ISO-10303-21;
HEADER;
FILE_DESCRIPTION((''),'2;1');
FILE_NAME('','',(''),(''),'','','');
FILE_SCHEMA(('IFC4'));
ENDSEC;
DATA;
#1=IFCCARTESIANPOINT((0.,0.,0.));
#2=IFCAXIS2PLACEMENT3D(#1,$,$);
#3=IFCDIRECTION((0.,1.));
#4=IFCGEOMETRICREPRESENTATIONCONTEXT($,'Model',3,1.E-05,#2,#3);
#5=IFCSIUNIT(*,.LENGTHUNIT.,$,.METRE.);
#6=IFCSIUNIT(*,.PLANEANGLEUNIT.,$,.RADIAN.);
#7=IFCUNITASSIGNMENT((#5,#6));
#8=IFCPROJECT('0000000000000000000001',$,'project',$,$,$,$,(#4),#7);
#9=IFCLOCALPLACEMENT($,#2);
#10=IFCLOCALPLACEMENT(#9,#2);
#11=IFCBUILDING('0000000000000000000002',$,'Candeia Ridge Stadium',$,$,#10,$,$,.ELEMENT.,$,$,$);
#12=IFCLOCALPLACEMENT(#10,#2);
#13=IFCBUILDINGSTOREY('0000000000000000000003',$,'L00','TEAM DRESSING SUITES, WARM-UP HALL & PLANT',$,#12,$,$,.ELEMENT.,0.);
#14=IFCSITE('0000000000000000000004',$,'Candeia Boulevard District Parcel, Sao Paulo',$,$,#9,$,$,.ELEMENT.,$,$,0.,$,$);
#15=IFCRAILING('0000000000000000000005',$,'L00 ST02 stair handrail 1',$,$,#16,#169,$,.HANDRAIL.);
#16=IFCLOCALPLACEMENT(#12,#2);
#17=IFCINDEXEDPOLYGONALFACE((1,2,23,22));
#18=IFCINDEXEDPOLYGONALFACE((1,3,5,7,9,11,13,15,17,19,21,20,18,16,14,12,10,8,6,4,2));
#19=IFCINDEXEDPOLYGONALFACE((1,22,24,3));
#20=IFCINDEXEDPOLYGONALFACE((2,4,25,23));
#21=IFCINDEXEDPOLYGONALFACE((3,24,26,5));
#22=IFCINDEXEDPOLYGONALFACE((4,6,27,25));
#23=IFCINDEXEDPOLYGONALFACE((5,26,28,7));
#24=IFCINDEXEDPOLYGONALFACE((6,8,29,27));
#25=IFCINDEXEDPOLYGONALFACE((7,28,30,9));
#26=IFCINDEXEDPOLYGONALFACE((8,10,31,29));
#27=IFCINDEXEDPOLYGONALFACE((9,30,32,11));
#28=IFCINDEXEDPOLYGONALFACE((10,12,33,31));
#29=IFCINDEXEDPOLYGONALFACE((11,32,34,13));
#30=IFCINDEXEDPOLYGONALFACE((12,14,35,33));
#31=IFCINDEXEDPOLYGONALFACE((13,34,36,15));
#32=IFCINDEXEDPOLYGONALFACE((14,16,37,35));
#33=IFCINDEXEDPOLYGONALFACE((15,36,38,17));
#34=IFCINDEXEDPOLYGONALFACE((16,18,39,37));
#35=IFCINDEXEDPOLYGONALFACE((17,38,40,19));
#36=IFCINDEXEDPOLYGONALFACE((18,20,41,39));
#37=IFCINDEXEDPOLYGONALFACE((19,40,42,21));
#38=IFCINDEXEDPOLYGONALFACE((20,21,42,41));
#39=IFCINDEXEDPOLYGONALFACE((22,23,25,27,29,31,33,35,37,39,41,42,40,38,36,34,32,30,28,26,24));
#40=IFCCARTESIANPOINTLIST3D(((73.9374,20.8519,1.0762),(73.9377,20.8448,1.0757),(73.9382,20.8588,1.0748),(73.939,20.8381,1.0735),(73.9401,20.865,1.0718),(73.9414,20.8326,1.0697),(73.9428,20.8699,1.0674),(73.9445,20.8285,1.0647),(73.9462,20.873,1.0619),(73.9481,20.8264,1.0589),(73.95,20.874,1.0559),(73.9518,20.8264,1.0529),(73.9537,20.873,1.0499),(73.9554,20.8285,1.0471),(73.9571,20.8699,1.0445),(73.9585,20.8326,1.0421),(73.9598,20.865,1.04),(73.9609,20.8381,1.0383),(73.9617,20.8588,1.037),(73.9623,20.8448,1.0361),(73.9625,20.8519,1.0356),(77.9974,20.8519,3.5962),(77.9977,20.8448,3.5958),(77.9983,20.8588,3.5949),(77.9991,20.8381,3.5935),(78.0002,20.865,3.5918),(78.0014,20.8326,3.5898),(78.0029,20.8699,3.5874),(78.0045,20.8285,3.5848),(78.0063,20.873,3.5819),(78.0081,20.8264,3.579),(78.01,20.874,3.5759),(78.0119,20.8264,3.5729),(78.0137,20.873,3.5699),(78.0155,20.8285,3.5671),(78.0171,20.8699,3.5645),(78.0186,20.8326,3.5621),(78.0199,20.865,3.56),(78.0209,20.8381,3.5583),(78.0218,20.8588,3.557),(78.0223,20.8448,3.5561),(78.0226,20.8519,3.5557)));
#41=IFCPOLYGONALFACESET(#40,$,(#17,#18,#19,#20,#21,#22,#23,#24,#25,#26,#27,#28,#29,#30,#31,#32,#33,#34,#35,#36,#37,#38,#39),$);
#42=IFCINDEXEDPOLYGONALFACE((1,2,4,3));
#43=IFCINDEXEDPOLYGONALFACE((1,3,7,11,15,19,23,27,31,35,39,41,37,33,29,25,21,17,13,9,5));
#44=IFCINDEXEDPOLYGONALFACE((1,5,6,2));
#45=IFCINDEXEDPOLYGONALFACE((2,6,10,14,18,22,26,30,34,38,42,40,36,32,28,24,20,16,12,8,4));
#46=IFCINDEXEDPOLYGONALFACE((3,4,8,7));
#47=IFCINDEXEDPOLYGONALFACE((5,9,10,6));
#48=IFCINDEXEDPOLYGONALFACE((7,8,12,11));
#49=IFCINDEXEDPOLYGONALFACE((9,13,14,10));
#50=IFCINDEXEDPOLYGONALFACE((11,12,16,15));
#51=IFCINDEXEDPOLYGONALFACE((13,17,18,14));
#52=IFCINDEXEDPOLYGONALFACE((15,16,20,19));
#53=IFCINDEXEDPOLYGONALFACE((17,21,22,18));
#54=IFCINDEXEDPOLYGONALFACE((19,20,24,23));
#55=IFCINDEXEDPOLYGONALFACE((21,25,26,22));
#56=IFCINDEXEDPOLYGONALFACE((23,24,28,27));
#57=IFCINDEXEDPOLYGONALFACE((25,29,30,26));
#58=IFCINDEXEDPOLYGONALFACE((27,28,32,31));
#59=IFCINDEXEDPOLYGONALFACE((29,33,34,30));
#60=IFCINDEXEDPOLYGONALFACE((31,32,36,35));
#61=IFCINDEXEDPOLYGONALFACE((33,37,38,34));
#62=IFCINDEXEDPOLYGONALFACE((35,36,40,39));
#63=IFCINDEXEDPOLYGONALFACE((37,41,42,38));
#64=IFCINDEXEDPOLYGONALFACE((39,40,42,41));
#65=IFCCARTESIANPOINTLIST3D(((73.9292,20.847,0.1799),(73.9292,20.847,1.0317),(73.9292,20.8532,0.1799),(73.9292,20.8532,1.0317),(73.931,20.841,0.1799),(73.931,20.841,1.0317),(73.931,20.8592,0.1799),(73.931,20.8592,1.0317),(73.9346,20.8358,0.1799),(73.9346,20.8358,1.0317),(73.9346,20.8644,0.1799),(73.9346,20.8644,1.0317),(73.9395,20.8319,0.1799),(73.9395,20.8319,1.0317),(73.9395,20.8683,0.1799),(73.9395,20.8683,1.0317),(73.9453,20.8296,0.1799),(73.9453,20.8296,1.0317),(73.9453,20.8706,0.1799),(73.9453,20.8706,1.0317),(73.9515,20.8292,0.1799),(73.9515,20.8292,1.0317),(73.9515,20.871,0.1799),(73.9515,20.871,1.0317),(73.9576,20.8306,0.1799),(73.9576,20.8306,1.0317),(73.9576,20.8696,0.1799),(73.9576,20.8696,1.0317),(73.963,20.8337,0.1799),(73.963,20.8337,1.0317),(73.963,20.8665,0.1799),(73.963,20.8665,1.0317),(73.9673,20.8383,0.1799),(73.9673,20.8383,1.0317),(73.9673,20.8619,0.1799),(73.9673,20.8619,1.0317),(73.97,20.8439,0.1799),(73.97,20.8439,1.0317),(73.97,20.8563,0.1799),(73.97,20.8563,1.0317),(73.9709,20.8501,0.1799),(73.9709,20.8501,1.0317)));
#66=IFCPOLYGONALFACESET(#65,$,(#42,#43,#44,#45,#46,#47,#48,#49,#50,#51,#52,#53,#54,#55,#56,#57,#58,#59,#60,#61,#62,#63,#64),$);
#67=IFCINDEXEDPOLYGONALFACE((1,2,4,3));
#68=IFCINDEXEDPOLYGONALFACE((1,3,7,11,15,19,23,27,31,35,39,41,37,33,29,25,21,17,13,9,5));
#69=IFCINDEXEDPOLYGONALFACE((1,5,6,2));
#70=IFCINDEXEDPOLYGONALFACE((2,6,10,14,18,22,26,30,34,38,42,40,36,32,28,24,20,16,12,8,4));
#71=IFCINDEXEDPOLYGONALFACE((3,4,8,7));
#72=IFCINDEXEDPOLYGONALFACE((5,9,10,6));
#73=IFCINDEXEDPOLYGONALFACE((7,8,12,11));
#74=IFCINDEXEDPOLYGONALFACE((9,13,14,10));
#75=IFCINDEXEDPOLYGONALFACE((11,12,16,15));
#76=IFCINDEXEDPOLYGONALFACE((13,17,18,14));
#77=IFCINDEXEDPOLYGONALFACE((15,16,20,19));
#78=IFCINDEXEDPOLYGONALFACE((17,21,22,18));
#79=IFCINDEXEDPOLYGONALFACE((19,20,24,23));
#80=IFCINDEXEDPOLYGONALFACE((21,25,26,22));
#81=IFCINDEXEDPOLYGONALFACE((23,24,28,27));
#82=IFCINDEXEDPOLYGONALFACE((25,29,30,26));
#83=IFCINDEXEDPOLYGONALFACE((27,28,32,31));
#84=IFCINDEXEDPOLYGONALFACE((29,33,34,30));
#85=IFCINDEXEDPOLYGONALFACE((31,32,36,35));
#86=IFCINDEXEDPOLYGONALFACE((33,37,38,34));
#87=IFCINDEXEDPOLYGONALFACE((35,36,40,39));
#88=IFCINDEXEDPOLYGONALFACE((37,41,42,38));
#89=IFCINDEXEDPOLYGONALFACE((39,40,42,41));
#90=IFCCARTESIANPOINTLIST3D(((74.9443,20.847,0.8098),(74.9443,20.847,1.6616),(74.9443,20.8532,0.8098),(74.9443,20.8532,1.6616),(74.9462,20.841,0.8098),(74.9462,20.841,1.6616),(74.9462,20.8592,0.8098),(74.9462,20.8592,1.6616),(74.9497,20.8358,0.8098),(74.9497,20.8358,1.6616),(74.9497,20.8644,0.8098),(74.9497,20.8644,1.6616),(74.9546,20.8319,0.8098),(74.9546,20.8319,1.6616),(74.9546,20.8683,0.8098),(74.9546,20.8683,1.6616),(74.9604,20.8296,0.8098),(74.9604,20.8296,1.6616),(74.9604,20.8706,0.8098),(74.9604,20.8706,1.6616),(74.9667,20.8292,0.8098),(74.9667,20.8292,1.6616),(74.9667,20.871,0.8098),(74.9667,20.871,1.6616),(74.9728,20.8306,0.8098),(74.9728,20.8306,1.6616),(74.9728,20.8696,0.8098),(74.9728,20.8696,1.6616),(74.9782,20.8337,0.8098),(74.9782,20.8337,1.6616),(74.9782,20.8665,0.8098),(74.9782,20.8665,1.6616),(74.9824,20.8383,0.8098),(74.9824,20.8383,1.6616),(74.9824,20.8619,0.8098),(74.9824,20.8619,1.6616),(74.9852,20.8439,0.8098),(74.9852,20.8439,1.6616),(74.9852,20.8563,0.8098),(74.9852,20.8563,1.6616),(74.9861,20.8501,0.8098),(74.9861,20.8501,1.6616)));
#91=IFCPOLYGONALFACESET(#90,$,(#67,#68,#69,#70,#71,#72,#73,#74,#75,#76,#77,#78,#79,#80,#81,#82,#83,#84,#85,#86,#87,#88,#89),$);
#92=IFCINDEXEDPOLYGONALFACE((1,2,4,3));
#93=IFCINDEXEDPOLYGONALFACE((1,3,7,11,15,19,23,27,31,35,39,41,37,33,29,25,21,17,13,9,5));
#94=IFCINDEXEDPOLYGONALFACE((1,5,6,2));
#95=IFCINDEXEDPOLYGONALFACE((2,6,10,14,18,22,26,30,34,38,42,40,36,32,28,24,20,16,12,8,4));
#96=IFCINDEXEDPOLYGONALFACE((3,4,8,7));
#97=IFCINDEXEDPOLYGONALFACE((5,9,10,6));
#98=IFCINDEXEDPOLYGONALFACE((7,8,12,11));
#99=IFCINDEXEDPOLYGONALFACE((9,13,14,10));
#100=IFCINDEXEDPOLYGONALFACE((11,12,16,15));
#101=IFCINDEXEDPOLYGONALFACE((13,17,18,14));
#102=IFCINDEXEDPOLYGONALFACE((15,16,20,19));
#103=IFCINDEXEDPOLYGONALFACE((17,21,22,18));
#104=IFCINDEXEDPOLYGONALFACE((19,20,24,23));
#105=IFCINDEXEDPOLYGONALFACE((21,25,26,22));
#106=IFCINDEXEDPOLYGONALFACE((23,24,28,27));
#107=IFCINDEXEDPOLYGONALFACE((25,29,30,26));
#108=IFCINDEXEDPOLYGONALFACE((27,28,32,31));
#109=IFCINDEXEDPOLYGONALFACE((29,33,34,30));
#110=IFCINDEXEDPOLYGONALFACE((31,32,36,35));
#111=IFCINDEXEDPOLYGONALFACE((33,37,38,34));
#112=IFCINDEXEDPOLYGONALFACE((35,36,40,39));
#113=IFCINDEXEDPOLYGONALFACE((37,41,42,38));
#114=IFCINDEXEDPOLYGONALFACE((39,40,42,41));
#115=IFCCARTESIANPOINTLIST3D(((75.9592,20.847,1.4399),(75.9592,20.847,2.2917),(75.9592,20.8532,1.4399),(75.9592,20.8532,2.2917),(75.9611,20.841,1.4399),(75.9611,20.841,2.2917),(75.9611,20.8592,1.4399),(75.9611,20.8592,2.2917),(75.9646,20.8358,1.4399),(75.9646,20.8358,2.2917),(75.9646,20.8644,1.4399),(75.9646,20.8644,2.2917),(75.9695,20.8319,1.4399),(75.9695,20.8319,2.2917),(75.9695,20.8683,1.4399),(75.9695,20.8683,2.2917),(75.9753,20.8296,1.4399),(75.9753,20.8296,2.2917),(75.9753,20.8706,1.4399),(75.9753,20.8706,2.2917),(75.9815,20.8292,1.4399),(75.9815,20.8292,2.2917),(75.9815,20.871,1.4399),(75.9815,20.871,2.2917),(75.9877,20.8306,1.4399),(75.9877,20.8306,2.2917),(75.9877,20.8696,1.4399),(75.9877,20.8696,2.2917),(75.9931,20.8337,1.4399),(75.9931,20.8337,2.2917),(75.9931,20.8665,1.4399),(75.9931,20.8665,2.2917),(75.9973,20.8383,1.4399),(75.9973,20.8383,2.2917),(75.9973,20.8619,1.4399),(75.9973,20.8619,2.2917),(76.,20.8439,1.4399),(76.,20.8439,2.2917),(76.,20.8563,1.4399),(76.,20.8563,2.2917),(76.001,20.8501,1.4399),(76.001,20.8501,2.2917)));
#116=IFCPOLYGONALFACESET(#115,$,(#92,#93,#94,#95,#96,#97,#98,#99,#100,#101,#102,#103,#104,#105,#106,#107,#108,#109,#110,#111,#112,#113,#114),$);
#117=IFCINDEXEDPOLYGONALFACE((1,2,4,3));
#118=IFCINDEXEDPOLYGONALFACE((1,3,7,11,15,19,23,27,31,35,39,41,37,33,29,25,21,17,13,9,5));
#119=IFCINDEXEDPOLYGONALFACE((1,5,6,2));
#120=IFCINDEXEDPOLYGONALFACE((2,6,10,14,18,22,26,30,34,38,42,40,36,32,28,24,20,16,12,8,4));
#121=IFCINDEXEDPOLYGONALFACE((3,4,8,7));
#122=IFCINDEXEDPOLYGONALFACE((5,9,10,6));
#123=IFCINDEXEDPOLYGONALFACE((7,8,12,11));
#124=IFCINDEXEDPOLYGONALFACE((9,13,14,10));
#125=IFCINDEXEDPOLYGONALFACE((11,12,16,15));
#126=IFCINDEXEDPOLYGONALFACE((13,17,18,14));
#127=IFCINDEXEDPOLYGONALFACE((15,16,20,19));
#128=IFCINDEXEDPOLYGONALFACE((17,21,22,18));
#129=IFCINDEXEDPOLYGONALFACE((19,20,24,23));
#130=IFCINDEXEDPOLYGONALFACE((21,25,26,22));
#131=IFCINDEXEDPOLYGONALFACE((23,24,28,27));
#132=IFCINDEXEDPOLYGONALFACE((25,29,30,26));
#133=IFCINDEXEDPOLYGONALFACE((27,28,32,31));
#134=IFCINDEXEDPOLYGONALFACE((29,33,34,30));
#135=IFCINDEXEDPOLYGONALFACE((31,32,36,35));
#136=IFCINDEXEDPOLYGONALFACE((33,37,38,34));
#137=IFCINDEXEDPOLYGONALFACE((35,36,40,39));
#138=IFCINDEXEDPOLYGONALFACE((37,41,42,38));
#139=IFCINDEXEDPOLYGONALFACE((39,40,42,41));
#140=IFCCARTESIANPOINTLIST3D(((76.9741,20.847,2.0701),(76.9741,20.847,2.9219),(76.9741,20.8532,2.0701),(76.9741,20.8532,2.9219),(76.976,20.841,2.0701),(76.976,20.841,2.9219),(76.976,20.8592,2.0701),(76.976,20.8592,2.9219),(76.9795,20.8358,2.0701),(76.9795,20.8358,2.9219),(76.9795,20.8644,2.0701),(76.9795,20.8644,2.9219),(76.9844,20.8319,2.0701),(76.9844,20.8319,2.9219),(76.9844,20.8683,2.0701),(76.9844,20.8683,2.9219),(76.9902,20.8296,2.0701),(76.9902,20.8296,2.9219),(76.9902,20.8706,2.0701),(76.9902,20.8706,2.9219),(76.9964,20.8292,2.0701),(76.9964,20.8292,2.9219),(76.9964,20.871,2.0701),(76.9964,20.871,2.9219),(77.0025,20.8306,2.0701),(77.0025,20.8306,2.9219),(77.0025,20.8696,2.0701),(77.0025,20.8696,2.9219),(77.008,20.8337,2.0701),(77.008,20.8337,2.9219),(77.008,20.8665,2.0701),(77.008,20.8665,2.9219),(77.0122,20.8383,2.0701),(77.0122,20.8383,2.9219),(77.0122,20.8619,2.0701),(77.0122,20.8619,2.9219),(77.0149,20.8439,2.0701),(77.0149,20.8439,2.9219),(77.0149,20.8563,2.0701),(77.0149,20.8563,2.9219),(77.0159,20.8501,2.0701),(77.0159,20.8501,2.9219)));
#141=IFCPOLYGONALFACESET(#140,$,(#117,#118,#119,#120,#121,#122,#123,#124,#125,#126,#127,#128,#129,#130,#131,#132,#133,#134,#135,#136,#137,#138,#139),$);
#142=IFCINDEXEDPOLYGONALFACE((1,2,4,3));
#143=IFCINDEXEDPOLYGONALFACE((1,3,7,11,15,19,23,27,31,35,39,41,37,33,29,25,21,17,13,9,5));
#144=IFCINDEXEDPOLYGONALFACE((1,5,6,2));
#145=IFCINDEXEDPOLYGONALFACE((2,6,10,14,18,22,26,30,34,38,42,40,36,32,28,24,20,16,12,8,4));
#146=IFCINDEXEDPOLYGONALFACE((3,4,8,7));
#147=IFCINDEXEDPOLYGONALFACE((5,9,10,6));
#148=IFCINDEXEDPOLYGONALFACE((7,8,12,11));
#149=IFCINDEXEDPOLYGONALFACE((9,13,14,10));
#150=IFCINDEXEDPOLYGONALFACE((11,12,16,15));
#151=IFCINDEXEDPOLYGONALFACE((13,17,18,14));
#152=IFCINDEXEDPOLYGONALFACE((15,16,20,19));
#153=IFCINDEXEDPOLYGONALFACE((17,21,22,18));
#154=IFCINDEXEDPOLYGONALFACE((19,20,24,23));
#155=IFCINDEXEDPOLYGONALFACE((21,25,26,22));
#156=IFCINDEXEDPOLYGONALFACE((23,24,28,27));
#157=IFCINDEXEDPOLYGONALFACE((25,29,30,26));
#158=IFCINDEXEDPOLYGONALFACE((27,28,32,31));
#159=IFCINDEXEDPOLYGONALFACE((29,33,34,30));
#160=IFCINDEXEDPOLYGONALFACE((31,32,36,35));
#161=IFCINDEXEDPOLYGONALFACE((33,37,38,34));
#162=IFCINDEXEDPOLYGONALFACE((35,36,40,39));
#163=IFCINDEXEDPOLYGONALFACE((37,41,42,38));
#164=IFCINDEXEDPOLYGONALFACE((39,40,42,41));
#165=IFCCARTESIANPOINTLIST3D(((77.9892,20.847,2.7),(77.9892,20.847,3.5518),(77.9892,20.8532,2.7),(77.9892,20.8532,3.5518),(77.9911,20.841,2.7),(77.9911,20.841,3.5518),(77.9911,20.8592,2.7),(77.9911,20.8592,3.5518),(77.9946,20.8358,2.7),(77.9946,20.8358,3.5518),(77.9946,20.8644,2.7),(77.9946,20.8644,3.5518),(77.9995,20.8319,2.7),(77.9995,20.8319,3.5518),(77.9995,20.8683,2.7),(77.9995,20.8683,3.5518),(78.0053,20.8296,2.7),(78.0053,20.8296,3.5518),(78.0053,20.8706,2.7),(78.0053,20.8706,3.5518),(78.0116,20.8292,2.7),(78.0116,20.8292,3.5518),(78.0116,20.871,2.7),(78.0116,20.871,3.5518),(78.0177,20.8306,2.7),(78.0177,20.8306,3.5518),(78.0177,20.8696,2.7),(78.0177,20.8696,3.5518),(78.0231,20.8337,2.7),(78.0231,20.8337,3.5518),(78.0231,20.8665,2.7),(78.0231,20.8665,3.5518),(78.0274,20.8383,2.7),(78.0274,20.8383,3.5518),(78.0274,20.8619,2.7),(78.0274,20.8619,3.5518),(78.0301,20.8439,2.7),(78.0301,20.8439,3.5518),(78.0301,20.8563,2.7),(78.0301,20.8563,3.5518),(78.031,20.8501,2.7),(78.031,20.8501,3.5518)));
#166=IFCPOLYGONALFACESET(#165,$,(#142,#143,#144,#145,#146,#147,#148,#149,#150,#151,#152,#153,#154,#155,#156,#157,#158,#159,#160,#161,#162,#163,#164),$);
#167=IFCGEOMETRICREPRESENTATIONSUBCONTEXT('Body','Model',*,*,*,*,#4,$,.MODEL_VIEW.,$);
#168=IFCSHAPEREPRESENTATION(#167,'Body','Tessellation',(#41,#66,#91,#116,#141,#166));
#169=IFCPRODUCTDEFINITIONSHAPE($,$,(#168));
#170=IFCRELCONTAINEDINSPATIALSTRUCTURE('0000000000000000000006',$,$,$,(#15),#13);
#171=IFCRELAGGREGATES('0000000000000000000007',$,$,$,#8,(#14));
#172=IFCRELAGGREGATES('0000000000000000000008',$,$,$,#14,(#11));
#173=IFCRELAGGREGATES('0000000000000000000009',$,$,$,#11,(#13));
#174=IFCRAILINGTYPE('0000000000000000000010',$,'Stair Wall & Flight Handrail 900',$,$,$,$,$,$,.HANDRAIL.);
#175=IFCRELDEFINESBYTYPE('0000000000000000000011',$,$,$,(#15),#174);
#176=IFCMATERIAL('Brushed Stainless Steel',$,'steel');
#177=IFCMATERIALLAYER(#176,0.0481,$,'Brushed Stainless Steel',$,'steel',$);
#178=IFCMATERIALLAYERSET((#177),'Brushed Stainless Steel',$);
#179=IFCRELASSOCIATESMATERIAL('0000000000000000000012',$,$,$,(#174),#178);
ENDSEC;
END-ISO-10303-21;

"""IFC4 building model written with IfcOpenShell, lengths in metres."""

from ifc_helpers import new_model, si_unit, direction, frame, origin, origin_2d, place, context, subcontext, project, spatial, circle, extrude, material, layer, layer_set, type_object, element, save


model = new_model("IFC4")

# Units and contexts
model_context = context("Model", 3, precision=1e-05, world=origin(), true_north=direction((0.0, 1.0)))
body_context = subcontext(model_context, "Body", "Model", "MODEL_VIEW")
ifc_project = project(units=[si_unit("LENGTHUNIT", "METRE"), si_unit("PLANEANGLEUNIT", "RADIAN")], contexts=[model_context])

# Site, building, storey
site_placement = place(None, origin())
site = spatial("IfcSite", under=ifc_project, at=site_placement, Name="Candeia Boulevard District Parcel, Sao Paulo", CompositionType="ELEMENT", RefElevation=0.0)
building_placement = place(site_placement, origin())
building = spatial("IfcBuilding", under=site, at=building_placement, Name="Candeia Ridge Stadium", CompositionType="ELEMENT")
storey_placement = place(building_placement, origin())
storey = spatial("IfcBuildingStorey", under=building, at=storey_placement, Name="L00", Description="TEAM DRESSING SUITES, WARM-UP HALL & PLANT", CompositionType="ELEMENT", Elevation=0.0)

# Railing
ifc_material_1 = material(Name="Brushed Stainless Steel", Category="steel")
ifc_layer_1 = layer(ifc_material_1, 0.0481, Name="Brushed Stainless Steel", Category="steel")
ifc_layer_set_1 = layer_set([ifc_layer_1], Name="Brushed Stainless Steel")
railing_type_1 = type_object("IfcRailingType", Name="Stair Wall & Flight Handrail 900", PredefinedType="HANDRAIL", material=ifc_layer_set_1)
railing_1_placement = place(storey_placement, frame((73.95, 20.8501, 0.1799)))
element("IfcRailing", 1, at=railing_1_placement, inside=storey, type_object=railing_type_1, Name="L00 ST02 stair handrail 1", PredefinedType="HANDRAIL", context=body_context, shape_type="SweptSolid", body=[
    extrude(circle(Radius=0.0239, at=origin_2d()), frame((0.0, 0.0, 0.876), z_axis=(0.849642, 0.0, 0.52736), x_axis=(0.0, 1.0, 0.0)), (0.0, 0.0, 1.0), 4.7786),
    extrude(circle(Radius=0.021, at=origin_2d()), origin(), (0.0, 0.0, 1.0), 0.8518),
    extrude(circle(Radius=0.021, at=origin_2d()), frame((1.0151, 0.0, 0.6299)), (0.0, 0.0, 1.0), 0.8518),
    extrude(circle(Radius=0.021, at=origin_2d()), frame((2.03, 0.0, 1.26)), (0.0, 0.0, 1.0), 0.8518),
    extrude(circle(Radius=0.021, at=origin_2d()), frame((3.0449, 0.0, 1.8901)), (0.0, 0.0, 1.0), 0.8518),
    extrude(circle(Radius=0.021, at=origin_2d()), frame((4.0601, 0.0, 2.52)), (0.0, 0.0, 1.0), 0.8518),
])

save(model, "model.ifc")
